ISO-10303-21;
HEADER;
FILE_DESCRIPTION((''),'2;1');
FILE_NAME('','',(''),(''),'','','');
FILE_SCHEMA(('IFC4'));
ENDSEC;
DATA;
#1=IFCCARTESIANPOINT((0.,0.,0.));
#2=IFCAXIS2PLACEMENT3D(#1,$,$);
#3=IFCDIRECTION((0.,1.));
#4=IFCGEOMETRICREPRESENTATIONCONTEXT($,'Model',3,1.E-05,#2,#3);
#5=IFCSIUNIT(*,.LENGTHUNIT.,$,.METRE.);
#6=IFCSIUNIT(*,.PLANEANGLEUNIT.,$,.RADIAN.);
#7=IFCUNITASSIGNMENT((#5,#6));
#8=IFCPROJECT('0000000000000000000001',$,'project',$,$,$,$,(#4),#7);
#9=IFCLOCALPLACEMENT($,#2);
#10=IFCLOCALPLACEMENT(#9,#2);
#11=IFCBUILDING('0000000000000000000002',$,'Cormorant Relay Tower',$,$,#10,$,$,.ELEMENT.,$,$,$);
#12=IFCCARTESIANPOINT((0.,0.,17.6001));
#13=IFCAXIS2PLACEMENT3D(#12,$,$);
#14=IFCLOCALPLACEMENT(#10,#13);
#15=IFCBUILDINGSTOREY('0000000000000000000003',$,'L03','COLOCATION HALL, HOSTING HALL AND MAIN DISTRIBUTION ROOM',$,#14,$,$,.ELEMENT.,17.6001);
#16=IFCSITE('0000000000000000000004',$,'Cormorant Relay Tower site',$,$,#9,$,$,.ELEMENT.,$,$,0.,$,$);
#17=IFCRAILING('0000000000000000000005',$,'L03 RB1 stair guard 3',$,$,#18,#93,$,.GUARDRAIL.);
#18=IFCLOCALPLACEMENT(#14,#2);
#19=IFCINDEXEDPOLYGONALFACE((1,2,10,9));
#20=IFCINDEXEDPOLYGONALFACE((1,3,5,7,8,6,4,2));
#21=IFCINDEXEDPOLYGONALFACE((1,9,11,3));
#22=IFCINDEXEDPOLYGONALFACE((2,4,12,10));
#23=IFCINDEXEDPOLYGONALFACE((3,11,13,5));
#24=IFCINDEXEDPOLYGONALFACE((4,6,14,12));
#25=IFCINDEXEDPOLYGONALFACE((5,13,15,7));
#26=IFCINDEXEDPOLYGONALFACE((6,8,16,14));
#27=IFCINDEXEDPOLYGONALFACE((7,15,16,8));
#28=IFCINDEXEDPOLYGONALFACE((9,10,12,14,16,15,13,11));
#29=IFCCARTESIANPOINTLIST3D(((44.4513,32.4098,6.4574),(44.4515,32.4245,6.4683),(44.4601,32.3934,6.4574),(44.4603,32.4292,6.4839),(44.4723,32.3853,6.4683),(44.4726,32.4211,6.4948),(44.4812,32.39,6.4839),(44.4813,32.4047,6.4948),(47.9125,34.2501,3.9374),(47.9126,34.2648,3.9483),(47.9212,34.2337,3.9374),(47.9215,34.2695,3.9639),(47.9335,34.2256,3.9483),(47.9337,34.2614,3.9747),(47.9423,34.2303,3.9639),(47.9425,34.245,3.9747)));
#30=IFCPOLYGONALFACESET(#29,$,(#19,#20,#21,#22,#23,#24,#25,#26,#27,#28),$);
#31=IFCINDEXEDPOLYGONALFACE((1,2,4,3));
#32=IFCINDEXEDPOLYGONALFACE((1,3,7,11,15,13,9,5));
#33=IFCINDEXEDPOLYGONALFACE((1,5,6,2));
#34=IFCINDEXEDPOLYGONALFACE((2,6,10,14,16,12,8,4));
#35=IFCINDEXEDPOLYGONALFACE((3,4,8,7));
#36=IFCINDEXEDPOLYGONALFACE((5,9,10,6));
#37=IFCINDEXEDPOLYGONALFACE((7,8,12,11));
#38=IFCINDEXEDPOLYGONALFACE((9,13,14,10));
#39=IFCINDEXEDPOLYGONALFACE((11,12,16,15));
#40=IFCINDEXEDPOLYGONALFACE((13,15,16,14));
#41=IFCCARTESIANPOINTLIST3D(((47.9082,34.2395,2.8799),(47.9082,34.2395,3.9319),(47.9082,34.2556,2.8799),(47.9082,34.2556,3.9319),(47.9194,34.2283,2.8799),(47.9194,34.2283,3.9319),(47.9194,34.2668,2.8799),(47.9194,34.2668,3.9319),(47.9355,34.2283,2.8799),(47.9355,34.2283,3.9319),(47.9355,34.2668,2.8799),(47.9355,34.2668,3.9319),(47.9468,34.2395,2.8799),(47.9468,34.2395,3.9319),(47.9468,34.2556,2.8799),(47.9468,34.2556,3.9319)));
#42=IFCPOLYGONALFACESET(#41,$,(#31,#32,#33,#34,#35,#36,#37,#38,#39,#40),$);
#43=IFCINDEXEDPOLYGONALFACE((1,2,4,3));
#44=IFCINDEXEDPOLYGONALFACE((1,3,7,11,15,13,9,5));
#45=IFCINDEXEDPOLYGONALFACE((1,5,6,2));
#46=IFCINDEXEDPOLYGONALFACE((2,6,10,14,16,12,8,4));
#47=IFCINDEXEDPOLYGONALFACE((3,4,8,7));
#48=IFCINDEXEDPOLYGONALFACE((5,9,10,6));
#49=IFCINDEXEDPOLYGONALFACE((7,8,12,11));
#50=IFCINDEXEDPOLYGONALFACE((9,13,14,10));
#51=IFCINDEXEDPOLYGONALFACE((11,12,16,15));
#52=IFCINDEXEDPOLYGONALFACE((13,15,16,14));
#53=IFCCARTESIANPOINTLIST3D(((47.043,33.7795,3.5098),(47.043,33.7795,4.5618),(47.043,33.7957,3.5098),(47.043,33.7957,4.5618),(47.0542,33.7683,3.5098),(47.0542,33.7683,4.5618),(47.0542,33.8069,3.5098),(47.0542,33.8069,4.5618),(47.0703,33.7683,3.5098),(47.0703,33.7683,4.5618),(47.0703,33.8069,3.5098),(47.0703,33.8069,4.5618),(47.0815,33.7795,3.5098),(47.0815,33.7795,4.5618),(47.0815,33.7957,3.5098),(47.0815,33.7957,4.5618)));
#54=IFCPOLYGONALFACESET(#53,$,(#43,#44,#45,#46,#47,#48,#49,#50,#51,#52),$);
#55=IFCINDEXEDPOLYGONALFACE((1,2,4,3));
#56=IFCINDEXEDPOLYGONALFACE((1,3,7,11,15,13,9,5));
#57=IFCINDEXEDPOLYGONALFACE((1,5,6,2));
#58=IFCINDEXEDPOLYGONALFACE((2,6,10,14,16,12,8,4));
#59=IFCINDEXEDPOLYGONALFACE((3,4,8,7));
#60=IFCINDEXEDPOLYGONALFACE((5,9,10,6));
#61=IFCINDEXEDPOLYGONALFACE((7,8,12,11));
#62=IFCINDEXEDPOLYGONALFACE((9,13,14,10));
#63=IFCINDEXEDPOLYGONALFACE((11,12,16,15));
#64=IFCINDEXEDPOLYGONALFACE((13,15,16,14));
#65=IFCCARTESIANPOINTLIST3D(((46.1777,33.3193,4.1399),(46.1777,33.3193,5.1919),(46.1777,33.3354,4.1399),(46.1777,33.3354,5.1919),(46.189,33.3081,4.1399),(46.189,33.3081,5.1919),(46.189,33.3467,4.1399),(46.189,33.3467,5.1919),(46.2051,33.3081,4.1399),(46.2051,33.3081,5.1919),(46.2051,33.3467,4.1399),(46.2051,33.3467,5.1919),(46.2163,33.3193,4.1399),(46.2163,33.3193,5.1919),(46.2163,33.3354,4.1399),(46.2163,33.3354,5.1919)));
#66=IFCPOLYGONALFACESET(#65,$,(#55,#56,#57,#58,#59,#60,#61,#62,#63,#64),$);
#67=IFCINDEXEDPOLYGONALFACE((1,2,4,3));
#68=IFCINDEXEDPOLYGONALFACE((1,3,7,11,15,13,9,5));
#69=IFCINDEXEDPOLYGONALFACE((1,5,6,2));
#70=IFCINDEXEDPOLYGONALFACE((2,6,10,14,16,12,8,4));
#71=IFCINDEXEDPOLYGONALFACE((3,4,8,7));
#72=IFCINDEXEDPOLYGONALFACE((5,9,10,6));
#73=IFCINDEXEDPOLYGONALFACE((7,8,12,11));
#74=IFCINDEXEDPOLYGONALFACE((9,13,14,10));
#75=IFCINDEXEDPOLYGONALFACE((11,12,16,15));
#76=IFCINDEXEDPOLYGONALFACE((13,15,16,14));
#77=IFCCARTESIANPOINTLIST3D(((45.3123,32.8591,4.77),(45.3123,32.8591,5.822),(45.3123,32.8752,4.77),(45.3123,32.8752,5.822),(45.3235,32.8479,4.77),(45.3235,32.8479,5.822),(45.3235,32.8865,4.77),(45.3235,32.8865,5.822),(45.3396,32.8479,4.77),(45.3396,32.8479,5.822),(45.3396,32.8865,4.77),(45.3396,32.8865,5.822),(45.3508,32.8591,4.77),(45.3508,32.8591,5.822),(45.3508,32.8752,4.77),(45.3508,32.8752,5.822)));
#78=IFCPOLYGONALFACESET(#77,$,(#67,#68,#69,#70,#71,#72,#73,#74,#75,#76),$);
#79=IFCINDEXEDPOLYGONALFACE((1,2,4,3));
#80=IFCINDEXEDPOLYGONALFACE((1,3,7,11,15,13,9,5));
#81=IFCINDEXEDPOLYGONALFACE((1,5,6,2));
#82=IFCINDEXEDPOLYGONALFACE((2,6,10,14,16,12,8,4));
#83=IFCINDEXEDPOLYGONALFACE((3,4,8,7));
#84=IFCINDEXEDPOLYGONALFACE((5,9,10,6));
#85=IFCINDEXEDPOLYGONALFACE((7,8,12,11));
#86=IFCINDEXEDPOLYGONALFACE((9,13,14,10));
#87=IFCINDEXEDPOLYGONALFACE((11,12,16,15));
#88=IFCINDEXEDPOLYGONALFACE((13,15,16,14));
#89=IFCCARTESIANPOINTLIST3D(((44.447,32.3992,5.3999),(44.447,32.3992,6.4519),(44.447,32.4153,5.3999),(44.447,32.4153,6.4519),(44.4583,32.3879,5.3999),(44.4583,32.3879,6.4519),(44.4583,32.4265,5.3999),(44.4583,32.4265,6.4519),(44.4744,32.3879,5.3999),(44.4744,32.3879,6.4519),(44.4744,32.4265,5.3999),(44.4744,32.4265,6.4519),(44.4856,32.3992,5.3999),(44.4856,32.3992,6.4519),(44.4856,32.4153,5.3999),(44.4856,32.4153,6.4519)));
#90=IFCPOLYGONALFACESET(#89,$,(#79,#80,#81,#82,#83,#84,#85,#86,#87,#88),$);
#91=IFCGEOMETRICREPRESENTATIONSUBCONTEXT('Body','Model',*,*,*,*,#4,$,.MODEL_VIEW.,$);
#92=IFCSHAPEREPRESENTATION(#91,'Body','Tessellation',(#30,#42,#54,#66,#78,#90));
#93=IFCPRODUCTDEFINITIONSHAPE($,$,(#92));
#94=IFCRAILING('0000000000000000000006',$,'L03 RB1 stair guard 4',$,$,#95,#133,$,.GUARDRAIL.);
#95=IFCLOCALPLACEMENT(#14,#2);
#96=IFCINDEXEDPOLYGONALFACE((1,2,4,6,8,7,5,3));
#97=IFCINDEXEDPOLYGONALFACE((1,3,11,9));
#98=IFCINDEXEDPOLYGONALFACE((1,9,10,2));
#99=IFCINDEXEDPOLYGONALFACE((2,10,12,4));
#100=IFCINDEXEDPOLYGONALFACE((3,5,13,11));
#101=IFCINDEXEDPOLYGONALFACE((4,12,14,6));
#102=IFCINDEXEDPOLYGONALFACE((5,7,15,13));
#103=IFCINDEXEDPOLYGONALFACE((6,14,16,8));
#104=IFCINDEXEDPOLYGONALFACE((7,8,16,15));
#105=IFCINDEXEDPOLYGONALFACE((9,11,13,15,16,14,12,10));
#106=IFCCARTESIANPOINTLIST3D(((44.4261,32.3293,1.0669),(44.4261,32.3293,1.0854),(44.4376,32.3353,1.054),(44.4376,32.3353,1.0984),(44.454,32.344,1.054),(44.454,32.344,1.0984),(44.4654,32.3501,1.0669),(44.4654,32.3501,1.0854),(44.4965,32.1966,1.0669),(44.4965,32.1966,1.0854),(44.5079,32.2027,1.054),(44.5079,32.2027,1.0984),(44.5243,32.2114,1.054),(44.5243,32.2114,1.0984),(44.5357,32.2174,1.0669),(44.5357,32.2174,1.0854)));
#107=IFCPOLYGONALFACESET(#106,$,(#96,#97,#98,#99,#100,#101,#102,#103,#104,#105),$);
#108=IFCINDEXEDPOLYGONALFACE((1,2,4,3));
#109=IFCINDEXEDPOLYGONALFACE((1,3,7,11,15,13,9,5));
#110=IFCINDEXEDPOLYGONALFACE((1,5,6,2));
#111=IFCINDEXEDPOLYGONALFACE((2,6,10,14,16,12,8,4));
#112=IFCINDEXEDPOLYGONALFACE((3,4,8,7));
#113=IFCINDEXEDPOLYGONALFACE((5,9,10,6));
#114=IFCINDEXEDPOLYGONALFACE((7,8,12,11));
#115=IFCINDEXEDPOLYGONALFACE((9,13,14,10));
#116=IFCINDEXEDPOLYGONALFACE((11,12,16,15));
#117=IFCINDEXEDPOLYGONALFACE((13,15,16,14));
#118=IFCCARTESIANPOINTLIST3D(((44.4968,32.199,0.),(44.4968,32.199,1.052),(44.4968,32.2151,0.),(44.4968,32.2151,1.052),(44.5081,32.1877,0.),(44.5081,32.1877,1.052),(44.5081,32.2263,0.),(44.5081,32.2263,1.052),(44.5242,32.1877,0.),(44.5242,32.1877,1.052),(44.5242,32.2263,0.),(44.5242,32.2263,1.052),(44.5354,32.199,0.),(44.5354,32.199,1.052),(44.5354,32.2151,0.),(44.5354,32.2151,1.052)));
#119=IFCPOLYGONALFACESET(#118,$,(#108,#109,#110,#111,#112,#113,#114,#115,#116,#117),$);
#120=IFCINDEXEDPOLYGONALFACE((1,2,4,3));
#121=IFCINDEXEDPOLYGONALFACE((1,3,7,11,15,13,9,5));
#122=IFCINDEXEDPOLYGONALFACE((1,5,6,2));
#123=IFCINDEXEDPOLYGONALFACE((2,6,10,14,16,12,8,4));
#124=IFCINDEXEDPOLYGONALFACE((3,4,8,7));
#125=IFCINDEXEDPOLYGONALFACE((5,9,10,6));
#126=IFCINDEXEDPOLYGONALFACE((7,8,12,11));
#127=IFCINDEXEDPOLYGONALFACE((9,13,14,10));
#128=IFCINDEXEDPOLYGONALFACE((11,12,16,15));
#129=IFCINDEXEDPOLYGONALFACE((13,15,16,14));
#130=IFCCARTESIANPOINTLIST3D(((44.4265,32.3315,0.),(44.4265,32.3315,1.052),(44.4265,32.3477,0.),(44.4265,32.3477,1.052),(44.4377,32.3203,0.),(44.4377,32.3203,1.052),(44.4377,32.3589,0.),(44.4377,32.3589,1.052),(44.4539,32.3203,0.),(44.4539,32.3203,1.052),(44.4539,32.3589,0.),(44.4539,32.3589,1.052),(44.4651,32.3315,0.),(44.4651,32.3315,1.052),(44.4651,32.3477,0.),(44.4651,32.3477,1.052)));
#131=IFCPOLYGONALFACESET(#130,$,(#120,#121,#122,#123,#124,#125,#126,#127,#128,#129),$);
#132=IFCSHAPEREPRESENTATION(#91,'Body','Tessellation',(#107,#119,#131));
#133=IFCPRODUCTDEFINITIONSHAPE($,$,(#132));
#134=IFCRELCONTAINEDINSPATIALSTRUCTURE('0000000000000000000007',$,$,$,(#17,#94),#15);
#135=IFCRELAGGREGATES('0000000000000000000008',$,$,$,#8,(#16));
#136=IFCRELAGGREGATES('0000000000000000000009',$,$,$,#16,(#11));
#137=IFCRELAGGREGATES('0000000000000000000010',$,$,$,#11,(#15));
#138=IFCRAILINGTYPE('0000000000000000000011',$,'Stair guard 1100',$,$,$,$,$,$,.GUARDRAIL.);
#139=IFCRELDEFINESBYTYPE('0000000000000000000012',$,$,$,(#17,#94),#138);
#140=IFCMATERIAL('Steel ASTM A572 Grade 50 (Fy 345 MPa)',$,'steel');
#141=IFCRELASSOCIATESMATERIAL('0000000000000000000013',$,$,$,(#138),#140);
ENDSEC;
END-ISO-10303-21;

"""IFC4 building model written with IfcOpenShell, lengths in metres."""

from ifc_helpers import new_model, si_unit, direction, frame, origin, place, context, subcontext, project, spatial, polyline, outline, extrude, material, type_object, element, save


model = new_model("IFC4")

# Units and contexts
model_context = context("Model", 3, precision=1e-05, world=origin(), true_north=direction((0.0, 1.0)))
body_context = subcontext(model_context, "Body", "Model", "MODEL_VIEW")
ifc_project = project(units=[si_unit("LENGTHUNIT", "METRE"), si_unit("PLANEANGLEUNIT", "RADIAN")], contexts=[model_context])

# Site, building, storey
site_placement = place(None, origin())
site = spatial("IfcSite", under=ifc_project, at=site_placement, Name="Cormorant Relay Tower site", CompositionType="ELEMENT", RefElevation=0.0)
building_placement = place(site_placement, origin())
building = spatial("IfcBuilding", under=site, at=building_placement, Name="Cormorant Relay Tower", CompositionType="ELEMENT")
storey_placement = place(building_placement, frame((0.0, 0.0, 17.6001)))
storey = spatial("IfcBuildingStorey", under=building, at=storey_placement, Name="L03", Description="COLOCATION HALL, HOSTING HALL AND MAIN DISTRIBUTION ROOM", CompositionType="ELEMENT", Elevation=17.6001)

# Railings
ifc_material_1 = material(Name="Steel ASTM A572 Grade 50 (Fy 345 MPa)", Category="steel")
railing_type_1 = type_object("IfcRailingType", Name="Stair guard 1100", PredefinedType="GUARDRAIL", material=ifc_material_1)
railing_1_placement = place(storey_placement, frame((47.9275, 34.2476, 2.8799)))
element("IfcRailing", 1, at=railing_1_placement, inside=storey, type_object=railing_type_1, Name="L03 RB1 stair guard 3", PredefinedType="GUARDRAIL", context=body_context, shape_type="SweptSolid", body=[
    extrude(outline(polyline([(0.0222, 0.0093), (0.0093, 0.0222), (-0.0093, 0.0222), (-0.0222, 0.0093), (-0.0222, -0.0093), (-0.0093, -0.0222), (0.0093, -0.0222), (0.0222, -0.0093), (0.0222, 0.0093)])), frame((0.0, 0.0, 1.0762), z_axis=(-0.742717, -0.394907, 0.540758), x_axis=(0.469469, -0.882949, 0.0)), (0.0, 0.0, 1.0), 4.6602),
    extrude(outline(polyline([(0.0193, 0.0081), (0.0081, 0.0193), (-0.0081, 0.0193), (-0.0193, 0.0081), (-0.0193, -0.0081), (-0.0081, -0.0193), (0.0081, -0.0193), (0.0193, -0.0081), (0.0193, 0.0081)])), origin(), (0.0, 0.0, 1.0), 1.052),
    extrude(outline(polyline([(0.0193, 0.0081), (0.0081, 0.0193), (-0.0081, 0.0193), (-0.0193, 0.0081), (-0.0193, -0.0081), (-0.0081, -0.0193), (0.0081, -0.0193), (0.0193, -0.0081), (0.0193, 0.0081)])), frame((-0.8652, -0.46, 0.6299)), (0.0, 0.0, 1.0), 1.052),
    extrude(outline(polyline([(0.0193, 0.0081), (0.0081, 0.0193), (-0.0081, 0.0193), (-0.0193, 0.0081), (-0.0193, -0.0081), (-0.0081, -0.0193), (0.0081, -0.0193), (0.0193, -0.0081), (0.0193, 0.0081)])), frame((-1.7305, -0.9202, 1.26)), (0.0, 0.0, 1.0), 1.052),
    extrude(outline(polyline([(0.0193, 0.0081), (0.0081, 0.0193), (-0.0081, 0.0193), (-0.0193, 0.0081), (-0.0193, -0.0081), (-0.0081, -0.0193), (0.0081, -0.0193), (0.0193, -0.0081), (0.0193, 0.0081)])), frame((-2.5959, -1.3804, 1.8901)), (0.0, 0.0, 1.0), 1.052),
    extrude(outline(polyline([(0.0193, 0.0081), (0.0081, 0.0193), (-0.0081, 0.0193), (-0.0193, 0.0081), (-0.0193, -0.0081), (-0.0081, -0.0193), (0.0081, -0.0193), (0.0193, -0.0081), (0.0193, 0.0081)])), frame((-3.4612, -1.8403, 2.52)), (0.0, 0.0, 1.0), 1.052),
])
railing_2_placement = place(storey_placement, frame((44.5161, 32.207, 0.0)))
element("IfcRailing", 2, at=railing_2_placement, inside=storey, type_object=railing_type_1, Name="L03 RB1 stair guard 4", PredefinedType="GUARDRAIL", context=body_context, shape_type="SweptSolid", body=[
    extrude(outline(polyline([(0.0222, 0.0093), (0.0093, 0.0222), (-0.0093, 0.0222), (-0.0222, 0.0093), (-0.0222, -0.0093), (-0.0093, -0.0222), (0.0093, -0.0222), (0.0222, -0.0093), (0.0222, 0.0093)])), frame((0.0, 0.0, 1.0762), z_axis=(-0.46856, 0.883431, 0.0), x_axis=(-0.883431, -0.46856, 0.0)), (0.0, 0.0, 1.0), 0.1501),
    extrude(outline(polyline([(0.0193, 0.0081), (0.0081, 0.0193), (-0.0081, 0.0193), (-0.0193, 0.0081), (-0.0193, -0.0081), (-0.0081, -0.0193), (0.0081, -0.0193), (0.0193, -0.0081), (0.0193, 0.0081)])), origin(), (0.0, 0.0, 1.0), 1.052),
    extrude(outline(polyline([(0.0193, 0.0081), (0.0081, 0.0193), (-0.0081, 0.0193), (-0.0193, 0.0081), (-0.0193, -0.0081), (-0.0081, -0.0193), (0.0081, -0.0193), (0.0193, -0.0081), (0.0193, 0.0081)])), frame((-0.0703, 0.1326, 0.0)), (0.0, 0.0, 1.0), 1.052),
])

save(model, "model.ifc")
